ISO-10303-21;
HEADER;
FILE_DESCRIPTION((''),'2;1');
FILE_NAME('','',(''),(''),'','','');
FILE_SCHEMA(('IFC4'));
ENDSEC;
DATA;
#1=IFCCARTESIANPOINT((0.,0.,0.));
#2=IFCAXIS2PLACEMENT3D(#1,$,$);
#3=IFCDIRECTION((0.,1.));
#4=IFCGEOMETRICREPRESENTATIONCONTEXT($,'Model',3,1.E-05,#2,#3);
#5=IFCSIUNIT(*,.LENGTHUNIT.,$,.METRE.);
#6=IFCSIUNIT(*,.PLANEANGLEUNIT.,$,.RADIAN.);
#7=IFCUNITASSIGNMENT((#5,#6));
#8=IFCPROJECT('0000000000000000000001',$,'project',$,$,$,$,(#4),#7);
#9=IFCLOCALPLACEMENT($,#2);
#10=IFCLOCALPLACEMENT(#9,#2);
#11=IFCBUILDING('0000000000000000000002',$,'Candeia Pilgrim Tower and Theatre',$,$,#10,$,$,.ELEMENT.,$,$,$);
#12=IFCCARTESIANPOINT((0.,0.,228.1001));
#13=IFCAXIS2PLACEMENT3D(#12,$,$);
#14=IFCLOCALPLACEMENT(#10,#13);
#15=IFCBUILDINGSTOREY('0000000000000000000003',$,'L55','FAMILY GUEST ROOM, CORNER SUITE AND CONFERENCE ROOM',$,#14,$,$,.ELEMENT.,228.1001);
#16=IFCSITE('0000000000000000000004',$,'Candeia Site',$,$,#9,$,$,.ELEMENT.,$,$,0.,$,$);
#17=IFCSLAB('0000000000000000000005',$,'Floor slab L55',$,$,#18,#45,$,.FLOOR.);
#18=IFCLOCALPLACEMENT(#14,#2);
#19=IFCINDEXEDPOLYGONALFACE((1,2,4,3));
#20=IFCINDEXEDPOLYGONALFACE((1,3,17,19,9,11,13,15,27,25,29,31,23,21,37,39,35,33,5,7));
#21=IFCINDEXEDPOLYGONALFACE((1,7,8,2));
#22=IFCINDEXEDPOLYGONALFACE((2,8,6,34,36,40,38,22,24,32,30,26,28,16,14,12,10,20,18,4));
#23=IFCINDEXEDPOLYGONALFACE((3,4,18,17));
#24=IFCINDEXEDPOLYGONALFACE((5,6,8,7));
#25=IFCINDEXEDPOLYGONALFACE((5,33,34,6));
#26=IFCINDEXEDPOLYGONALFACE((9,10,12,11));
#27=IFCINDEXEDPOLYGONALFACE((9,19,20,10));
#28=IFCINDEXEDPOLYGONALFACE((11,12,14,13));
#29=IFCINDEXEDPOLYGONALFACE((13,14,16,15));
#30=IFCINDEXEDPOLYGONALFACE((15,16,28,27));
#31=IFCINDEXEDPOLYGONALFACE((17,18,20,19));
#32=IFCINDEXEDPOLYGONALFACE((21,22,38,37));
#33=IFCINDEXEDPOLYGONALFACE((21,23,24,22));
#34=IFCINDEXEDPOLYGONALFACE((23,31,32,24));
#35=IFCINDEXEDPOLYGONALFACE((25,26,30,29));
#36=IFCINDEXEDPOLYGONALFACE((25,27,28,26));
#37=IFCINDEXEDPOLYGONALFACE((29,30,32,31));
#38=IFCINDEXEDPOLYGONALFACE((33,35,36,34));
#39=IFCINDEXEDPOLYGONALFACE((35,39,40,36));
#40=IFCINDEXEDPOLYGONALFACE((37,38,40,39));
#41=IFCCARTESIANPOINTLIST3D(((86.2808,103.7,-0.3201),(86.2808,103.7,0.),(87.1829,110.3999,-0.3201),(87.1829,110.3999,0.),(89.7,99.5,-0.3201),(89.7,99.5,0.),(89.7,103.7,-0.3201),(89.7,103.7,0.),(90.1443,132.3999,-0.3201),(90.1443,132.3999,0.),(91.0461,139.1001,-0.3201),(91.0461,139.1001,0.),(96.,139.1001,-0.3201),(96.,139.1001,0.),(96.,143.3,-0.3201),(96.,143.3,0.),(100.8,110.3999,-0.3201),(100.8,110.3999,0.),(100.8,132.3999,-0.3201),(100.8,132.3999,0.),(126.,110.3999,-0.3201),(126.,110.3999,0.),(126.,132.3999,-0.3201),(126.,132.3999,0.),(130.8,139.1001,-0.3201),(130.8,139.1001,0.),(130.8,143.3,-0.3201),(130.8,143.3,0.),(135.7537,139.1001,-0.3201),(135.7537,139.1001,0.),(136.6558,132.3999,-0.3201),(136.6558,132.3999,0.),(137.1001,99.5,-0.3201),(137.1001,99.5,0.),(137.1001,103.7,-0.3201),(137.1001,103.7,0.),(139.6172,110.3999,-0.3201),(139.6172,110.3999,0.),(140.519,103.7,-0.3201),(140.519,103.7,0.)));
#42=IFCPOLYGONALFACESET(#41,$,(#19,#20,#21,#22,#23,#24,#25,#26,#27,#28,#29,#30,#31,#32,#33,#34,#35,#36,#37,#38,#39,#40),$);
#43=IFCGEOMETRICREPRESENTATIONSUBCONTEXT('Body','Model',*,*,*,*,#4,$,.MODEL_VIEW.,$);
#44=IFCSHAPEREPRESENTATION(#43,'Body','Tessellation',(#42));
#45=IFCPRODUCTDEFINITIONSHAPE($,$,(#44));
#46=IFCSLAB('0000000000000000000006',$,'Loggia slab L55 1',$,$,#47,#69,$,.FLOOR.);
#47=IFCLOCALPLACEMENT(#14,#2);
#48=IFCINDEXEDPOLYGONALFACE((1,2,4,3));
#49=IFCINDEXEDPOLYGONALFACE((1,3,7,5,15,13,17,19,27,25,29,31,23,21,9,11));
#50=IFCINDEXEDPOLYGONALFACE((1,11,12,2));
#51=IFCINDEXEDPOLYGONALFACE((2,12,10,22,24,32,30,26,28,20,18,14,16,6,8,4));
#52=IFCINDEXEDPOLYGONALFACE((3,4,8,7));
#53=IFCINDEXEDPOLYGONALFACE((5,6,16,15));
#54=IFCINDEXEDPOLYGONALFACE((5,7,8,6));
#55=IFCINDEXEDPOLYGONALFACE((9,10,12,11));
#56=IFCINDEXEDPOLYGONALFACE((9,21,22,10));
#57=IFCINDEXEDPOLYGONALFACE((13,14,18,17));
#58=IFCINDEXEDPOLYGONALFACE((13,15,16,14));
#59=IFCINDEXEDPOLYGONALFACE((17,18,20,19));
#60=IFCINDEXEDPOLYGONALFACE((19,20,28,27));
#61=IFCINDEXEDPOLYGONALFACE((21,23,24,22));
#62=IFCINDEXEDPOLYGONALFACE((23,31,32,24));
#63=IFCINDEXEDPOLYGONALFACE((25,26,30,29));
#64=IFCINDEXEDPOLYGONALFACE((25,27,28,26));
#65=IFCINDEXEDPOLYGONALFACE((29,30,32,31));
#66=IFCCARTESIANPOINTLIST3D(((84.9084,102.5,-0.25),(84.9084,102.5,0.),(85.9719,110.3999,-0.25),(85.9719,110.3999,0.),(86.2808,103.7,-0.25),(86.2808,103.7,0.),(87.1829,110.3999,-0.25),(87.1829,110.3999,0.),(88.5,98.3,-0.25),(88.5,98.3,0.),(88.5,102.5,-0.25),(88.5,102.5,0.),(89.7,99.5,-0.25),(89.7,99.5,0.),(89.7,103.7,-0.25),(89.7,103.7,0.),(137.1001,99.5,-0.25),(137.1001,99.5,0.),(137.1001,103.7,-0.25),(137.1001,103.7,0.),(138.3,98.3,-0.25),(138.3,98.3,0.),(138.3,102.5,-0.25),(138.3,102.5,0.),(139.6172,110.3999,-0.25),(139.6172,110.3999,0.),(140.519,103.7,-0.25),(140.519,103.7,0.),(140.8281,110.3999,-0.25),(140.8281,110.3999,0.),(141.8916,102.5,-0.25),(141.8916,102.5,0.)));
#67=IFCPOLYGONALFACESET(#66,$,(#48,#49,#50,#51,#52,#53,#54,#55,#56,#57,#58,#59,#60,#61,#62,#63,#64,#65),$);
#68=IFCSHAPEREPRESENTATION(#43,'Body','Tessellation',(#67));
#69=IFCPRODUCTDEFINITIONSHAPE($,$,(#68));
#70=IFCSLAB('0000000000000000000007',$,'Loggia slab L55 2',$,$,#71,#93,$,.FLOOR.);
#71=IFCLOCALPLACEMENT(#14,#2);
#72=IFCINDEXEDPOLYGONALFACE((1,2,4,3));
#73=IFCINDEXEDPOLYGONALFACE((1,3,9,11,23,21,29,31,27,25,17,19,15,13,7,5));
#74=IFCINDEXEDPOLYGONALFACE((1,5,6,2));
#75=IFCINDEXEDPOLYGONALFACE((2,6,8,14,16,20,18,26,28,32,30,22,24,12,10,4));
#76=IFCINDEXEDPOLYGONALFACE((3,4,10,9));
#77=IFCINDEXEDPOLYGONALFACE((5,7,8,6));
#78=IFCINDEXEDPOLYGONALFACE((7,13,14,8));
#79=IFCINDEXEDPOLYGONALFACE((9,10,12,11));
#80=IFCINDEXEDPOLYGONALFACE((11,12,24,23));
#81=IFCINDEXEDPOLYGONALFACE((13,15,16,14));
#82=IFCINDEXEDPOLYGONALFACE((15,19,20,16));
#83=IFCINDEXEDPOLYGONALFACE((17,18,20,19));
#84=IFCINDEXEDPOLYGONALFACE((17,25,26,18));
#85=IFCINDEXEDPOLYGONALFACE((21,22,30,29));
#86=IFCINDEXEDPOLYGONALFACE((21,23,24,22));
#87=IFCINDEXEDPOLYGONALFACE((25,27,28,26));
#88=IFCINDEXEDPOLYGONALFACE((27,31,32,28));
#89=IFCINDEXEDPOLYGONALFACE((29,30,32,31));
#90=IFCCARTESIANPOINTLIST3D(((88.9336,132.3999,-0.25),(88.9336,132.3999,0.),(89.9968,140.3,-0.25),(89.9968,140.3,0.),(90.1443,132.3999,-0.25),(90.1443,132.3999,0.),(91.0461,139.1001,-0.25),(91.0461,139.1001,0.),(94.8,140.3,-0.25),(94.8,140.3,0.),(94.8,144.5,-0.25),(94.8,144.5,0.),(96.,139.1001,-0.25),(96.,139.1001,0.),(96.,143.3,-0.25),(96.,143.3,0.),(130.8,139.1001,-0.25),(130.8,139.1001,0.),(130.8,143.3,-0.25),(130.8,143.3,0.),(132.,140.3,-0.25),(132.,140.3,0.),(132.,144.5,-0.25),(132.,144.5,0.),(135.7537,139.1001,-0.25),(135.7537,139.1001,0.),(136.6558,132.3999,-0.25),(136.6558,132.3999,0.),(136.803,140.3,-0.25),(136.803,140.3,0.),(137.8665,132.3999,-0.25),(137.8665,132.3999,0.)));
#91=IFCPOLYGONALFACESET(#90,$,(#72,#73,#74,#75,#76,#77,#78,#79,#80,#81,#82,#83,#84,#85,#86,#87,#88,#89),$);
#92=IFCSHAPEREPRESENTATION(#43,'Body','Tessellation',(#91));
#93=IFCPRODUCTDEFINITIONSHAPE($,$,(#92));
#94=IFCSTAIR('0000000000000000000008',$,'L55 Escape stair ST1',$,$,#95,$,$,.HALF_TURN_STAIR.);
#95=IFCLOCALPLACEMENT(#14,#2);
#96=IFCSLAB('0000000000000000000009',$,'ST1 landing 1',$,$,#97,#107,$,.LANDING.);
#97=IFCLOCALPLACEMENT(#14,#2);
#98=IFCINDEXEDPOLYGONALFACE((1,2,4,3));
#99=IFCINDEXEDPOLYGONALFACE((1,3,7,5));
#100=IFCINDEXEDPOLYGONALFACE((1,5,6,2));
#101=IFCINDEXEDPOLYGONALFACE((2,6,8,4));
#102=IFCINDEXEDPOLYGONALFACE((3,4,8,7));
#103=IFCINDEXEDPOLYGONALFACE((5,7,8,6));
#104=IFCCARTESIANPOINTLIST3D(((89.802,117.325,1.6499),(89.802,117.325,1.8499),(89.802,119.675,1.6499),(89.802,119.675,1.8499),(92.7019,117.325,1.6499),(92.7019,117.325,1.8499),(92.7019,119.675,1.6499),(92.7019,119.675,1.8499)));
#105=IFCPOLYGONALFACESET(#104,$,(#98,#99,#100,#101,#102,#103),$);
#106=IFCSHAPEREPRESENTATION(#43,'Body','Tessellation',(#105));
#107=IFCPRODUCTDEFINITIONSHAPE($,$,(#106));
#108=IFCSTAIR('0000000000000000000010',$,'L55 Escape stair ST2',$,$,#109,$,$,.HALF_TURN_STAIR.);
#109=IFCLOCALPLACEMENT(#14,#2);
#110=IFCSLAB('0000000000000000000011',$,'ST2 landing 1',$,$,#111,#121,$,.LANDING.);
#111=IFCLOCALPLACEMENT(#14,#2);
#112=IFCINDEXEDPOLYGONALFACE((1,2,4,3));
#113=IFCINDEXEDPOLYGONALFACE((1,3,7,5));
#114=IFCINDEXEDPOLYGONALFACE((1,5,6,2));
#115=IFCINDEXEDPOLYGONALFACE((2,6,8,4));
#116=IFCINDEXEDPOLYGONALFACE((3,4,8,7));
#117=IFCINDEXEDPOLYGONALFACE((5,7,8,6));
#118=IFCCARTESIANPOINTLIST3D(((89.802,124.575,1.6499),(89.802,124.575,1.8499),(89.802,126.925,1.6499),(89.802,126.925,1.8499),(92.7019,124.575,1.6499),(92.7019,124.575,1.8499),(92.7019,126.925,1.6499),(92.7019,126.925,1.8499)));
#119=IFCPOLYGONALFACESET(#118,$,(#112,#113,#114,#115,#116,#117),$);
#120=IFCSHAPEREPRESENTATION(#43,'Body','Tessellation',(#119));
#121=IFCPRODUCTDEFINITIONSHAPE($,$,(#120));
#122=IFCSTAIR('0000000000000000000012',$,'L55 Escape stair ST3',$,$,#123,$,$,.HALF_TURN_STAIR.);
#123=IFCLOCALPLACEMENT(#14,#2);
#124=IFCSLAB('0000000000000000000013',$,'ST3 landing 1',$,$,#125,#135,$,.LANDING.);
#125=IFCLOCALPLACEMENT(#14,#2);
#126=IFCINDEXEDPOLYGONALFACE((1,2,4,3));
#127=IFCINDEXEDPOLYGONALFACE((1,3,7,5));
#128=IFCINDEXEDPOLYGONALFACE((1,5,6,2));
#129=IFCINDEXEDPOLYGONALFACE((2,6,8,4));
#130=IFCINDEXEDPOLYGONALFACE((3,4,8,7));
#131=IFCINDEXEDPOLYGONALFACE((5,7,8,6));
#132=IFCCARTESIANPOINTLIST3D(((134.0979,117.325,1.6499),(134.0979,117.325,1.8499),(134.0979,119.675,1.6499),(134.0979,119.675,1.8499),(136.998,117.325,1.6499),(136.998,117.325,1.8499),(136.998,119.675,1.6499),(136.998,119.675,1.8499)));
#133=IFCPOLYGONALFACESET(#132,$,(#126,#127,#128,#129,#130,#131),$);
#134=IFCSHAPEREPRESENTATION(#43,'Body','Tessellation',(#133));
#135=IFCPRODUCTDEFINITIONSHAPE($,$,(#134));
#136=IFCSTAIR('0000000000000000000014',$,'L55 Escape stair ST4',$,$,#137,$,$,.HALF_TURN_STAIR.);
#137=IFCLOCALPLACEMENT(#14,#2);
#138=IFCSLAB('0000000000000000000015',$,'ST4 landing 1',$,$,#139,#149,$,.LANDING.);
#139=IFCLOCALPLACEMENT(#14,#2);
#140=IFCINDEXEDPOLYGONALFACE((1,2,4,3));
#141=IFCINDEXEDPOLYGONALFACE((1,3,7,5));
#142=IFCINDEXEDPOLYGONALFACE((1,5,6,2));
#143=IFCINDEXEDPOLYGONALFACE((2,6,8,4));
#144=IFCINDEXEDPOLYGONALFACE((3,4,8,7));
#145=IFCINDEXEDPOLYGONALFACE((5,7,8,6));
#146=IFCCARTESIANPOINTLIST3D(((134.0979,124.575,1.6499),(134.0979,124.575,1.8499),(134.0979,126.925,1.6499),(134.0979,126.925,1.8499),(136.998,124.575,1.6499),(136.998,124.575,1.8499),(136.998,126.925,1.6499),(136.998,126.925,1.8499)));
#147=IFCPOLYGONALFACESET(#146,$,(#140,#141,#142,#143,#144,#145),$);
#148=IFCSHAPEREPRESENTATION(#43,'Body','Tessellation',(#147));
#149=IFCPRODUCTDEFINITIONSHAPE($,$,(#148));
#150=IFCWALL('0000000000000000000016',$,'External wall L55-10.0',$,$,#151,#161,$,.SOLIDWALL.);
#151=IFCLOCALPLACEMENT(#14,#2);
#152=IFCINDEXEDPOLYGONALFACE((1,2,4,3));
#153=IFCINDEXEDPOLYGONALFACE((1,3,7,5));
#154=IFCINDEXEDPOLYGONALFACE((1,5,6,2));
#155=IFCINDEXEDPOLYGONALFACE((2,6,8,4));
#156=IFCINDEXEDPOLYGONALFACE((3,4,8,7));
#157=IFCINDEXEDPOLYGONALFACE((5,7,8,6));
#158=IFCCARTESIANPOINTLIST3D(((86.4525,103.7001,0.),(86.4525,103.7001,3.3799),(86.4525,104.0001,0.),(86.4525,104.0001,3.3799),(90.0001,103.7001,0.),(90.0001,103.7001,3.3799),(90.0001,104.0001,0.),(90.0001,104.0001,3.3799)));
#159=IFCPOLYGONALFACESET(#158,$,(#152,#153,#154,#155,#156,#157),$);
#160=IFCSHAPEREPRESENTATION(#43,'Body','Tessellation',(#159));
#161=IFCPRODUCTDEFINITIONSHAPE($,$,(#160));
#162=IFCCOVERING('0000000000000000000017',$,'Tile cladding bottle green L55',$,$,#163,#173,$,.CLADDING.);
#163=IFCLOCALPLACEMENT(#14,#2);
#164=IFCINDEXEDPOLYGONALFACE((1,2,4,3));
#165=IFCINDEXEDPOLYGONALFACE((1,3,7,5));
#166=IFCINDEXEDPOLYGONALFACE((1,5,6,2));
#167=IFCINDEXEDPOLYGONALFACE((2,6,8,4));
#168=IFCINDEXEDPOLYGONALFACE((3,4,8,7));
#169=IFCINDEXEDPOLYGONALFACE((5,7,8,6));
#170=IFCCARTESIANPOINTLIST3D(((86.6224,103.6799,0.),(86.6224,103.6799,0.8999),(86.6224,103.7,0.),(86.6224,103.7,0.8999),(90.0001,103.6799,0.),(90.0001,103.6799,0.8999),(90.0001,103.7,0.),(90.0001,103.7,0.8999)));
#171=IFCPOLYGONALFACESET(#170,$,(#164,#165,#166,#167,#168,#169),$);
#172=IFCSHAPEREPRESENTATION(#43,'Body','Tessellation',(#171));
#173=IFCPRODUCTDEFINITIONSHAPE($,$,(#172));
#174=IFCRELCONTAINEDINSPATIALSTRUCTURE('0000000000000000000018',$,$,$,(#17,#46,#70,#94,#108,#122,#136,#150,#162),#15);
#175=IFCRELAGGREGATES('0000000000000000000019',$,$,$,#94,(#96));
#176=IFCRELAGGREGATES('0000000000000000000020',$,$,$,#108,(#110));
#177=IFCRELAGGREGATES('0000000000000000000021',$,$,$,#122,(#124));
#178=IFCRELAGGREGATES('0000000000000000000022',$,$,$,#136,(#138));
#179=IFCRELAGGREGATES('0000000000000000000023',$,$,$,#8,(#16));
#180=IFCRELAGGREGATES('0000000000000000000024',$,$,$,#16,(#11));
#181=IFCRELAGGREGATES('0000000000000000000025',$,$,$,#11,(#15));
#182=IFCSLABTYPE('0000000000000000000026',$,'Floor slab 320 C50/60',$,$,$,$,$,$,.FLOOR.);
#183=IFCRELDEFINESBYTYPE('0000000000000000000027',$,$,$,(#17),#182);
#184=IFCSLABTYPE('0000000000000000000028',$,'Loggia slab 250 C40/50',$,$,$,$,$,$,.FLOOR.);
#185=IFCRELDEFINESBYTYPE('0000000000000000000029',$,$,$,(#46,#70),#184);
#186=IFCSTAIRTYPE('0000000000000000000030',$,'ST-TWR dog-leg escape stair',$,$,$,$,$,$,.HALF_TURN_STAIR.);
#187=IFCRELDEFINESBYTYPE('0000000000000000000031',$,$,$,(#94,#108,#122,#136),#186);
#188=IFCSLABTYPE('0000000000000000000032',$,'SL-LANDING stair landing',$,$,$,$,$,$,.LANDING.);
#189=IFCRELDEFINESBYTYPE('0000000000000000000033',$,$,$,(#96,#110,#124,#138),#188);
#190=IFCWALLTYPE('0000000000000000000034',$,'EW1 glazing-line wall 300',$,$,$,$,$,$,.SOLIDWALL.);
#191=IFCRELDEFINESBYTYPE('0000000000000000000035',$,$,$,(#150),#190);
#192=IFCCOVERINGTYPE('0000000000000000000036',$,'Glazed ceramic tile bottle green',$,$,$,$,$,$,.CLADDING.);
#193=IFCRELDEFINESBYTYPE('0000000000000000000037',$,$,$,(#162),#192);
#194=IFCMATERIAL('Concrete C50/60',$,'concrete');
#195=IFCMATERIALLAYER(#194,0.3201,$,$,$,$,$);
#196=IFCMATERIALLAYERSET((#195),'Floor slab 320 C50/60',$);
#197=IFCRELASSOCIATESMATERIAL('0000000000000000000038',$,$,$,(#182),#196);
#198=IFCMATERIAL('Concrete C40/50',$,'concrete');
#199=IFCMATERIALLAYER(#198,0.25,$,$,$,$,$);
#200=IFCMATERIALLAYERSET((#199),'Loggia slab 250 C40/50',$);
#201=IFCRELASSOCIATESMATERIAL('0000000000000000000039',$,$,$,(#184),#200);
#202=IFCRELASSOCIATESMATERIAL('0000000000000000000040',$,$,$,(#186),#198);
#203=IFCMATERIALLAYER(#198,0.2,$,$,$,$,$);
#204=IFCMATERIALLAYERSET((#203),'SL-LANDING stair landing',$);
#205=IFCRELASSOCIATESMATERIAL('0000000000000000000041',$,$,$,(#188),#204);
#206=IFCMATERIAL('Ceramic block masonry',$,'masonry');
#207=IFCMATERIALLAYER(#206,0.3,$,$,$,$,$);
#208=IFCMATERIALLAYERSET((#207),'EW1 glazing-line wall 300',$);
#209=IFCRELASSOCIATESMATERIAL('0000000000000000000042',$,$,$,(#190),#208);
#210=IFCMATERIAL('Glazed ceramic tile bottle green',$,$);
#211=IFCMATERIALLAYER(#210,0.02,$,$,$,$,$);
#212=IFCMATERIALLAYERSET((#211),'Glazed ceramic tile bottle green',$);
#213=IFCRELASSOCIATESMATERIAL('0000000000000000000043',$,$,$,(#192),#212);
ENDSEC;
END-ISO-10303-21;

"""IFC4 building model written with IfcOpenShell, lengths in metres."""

from ifc_helpers import new_model, si_unit, direction, frame, frame_2d, origin, origin_2d, place, context, subcontext, project, spatial, polyline, rectangle, outline, extrude, material, layer, layer_set, type_object, element, aggregate, save


model = new_model("IFC4")

# Units and contexts
model_context = context("Model", 3, precision=1e-05, world=origin(), true_north=direction((0.0, 1.0)))
body_context = subcontext(model_context, "Body", "Model", "MODEL_VIEW")
ifc_project = project(units=[si_unit("LENGTHUNIT", "METRE"), si_unit("PLANEANGLEUNIT", "RADIAN")], contexts=[model_context])

# Site, building, storey
site_placement = place(None, origin())
site = spatial("IfcSite", under=ifc_project, at=site_placement, Name="Candeia Site", CompositionType="ELEMENT", RefElevation=0.0)
building_placement = place(site_placement, origin())
building = spatial("IfcBuilding", under=site, at=building_placement, Name="Candeia Pilgrim Tower and Theatre", CompositionType="ELEMENT")
storey_placement = place(building_placement, frame((0.0, 0.0, 228.1001)))
storey = spatial("IfcBuildingStorey", under=building, at=storey_placement, Name="L55", Description="FAMILY GUEST ROOM, CORNER SUITE AND CONFERENCE ROOM", CompositionType="ELEMENT", Elevation=228.1001)

# Shared definitions
ifc_material_1 = material(Name="Concrete C50/60", Category="concrete")

# Slabs
ifc_material_2 = material(Name="Concrete C40/50", Category="concrete")
ifc_layer_1 = layer(ifc_material_1, 0.3201)
ifc_layer_set_1 = layer_set([ifc_layer_1], Name="Floor slab 320 C50/60")
slab_type_1 = type_object("IfcSlabType", Name="Floor slab 320 C50/60", PredefinedType="FLOOR", material=ifc_layer_set_1)
slab_1_placement = place(storey_placement, frame((0.0, 0.0, -0.3201)))
element("IfcSlab", 1, at=slab_1_placement, inside=storey, type_object=slab_type_1, Name="Floor slab L55", PredefinedType="FLOOR", context=body_context, shape_type="SweptSolid", body=[
    extrude(outline(polyline([(96.0, 139.1001), (96.0, 143.3), (130.8, 143.3), (130.8, 139.1001), (135.7537, 139.1001), (136.6558, 132.3999), (126.0, 132.3999), (126.0, 110.3999), (139.6172, 110.3999), (140.519, 103.7), (137.1001, 103.7), (137.1001, 99.5), (89.7, 99.5), (89.7, 103.7), (86.2808, 103.7), (87.1829, 110.3999), (100.8, 110.3999), (100.8, 132.3999), (90.1443, 132.3999), (91.0461, 139.1001), (96.0, 139.1001)])), origin(), (0.0, 0.0, 1.0), 0.3201),
])
ifc_layer_2 = layer(ifc_material_2, 0.25)
ifc_layer_set_2 = layer_set([ifc_layer_2], Name="Loggia slab 250 C40/50")
slab_type_2 = type_object("IfcSlabType", Name="Loggia slab 250 C40/50", PredefinedType="FLOOR", material=ifc_layer_set_2)
slab_2_placement = place(storey_placement, frame((0.0, 0.0, -0.25)))
element("IfcSlab", 2, at=slab_2_placement, inside=storey, type_object=slab_type_2, Name="Loggia slab L55 1", PredefinedType="FLOOR", context=body_context, shape_type="SweptSolid", body=[
    extrude(outline(polyline([(87.1829, 110.3999), (86.2808, 103.7), (89.7, 103.7), (89.7, 99.5), (137.1001, 99.5), (137.1001, 103.7), (140.519, 103.7), (139.6172, 110.3999), (140.8281, 110.3999), (141.8916, 102.5), (138.3, 102.5), (138.3, 98.3), (88.5, 98.3), (88.5, 102.5), (84.9084, 102.5), (85.9719, 110.3999), (87.1829, 110.3999)])), origin(), (0.0, 0.0, 1.0), 0.25),
])
slab_3_placement = place(storey_placement, frame((0.0, 0.0, -0.25)))
element("IfcSlab", 3, at=slab_3_placement, inside=storey, type_object=slab_type_2, Name="Loggia slab L55 2", PredefinedType="FLOOR", context=body_context, shape_type="SweptSolid", body=[
    extrude(outline(polyline([(136.6558, 132.3999), (135.7537, 139.1001), (130.8, 139.1001), (130.8, 143.3), (96.0, 143.3), (96.0, 139.1001), (91.0461, 139.1001), (90.1443, 132.3999), (88.9336, 132.3999), (89.9968, 140.3), (94.8, 140.3), (94.8, 144.5), (132.0, 144.5), (132.0, 140.3), (136.803, 140.3), (137.8665, 132.3999), (136.6558, 132.3999)])), origin(), (0.0, 0.0, 1.0), 0.25),
])

# Stairs, slabs
stair_type = type_object("IfcStairType", Name="ST-TWR dog-leg escape stair", PredefinedType="HALF_TURN_STAIR", material=ifc_material_2)
stair_1_placement = place(storey_placement, origin())
stair_1 = element("IfcStair", 4, at=stair_1_placement, inside=storey, type_object=stair_type, Name="L55 Escape stair ST1", PredefinedType="HALF_TURN_STAIR")
ifc_layer_3 = layer(ifc_material_2, 0.2)
ifc_layer_set_3 = layer_set([ifc_layer_3], Name="SL-LANDING stair landing")
slab_type_3 = type_object("IfcSlabType", Name="SL-LANDING stair landing", PredefinedType="LANDING", material=ifc_layer_set_3)
slab_4_placement = place(storey_placement, frame((0.0, 0.0, 1.6499)))
slab_4 = element("IfcSlab", 5, at=slab_4_placement, type_object=slab_type_3, Name="ST1 landing 1", PredefinedType="LANDING", context=body_context, shape_type="SweptSolid", body=[
    extrude(outline(polyline([(89.802, 119.675), (89.802, 117.325), (92.7019, 117.325), (92.7019, 119.675), (89.802, 119.675)])), origin(), (0.0, 0.0, 1.0), 0.2),
])
aggregate(stair_1, [slab_4])
stair_2_placement = place(storey_placement, origin())
stair_2 = element("IfcStair", 6, at=stair_2_placement, inside=storey, type_object=stair_type, Name="L55 Escape stair ST2", PredefinedType="HALF_TURN_STAIR")
slab_5_placement = place(storey_placement, frame((0.0, 0.0, 1.6499)))
slab_5 = element("IfcSlab", 7, at=slab_5_placement, type_object=slab_type_3, Name="ST2 landing 1", PredefinedType="LANDING", context=body_context, shape_type="SweptSolid", body=[
    extrude(outline(polyline([(89.802, 126.925), (89.802, 124.575), (92.7019, 124.575), (92.7019, 126.925), (89.802, 126.925)])), origin(), (0.0, 0.0, 1.0), 0.2),
])
aggregate(stair_2, [slab_5])
stair_3_placement = place(storey_placement, origin())
stair_3 = element("IfcStair", 8, at=stair_3_placement, inside=storey, type_object=stair_type, Name="L55 Escape stair ST3", PredefinedType="HALF_TURN_STAIR")
slab_6_placement = place(storey_placement, frame((0.0, 0.0, 1.6499)))
slab_6 = element("IfcSlab", 9, at=slab_6_placement, type_object=slab_type_3, Name="ST3 landing 1", PredefinedType="LANDING", context=body_context, shape_type="SweptSolid", body=[
    extrude(outline(polyline([(134.0979, 119.675), (134.0979, 117.325), (136.998, 117.325), (136.998, 119.675), (134.0979, 119.675)])), origin(), (0.0, 0.0, 1.0), 0.2),
])
aggregate(stair_3, [slab_6])
stair_4_placement = place(storey_placement, origin())
stair_4 = element("IfcStair", 10, at=stair_4_placement, inside=storey, type_object=stair_type, Name="L55 Escape stair ST4", PredefinedType="HALF_TURN_STAIR")
slab_7_placement = place(storey_placement, frame((0.0, 0.0, 1.6499)))
slab_7 = element("IfcSlab", 11, at=slab_7_placement, type_object=slab_type_3, Name="ST4 landing 1", PredefinedType="LANDING", context=body_context, shape_type="SweptSolid", body=[
    extrude(outline(polyline([(134.0979, 126.925), (134.0979, 124.575), (136.998, 124.575), (136.998, 126.925), (134.0979, 126.925)])), origin(), (0.0, 0.0, 1.0), 0.2),
])
aggregate(stair_4, [slab_7])

# Wall
ifc_material_3 = material(Name="Ceramic block masonry", Category="masonry")
ifc_layer_4 = layer(ifc_material_3, 0.3)
ifc_layer_set_4 = layer_set([ifc_layer_4], Name="EW1 glazing-line wall 300")
wall_type = type_object("IfcWallType", Name="EW1 glazing-line wall 300", PredefinedType="SOLIDWALL", material=ifc_layer_set_4)
wall_placement = place(storey_placement, frame((86.4524, 103.8501, 0.0), z_axis=(0.0, 0.0, 1.0), x_axis=(1.0, 0.0, 0.0)))
element("IfcWall", 12, at=wall_placement, inside=storey, type_object=wall_type, Name="External wall L55-10.0", PredefinedType="SOLIDWALL", context=body_context, shape_type="SweptSolid", body=[
    extrude(rectangle(XDim=3.5476, YDim=0.3, at=frame_2d((1.7739, 0.0))), origin(), (0.0, 0.0, 1.0), 3.3799),
])

# Covering
ifc_material_4 = material(Name="Glazed ceramic tile bottle green")
ifc_layer_5 = layer(ifc_material_4, 0.02)
ifc_layer_set_5 = layer_set([ifc_layer_5], Name="Glazed ceramic tile bottle green")
covering_type = type_object("IfcCoveringType", Name="Glazed ceramic tile bottle green", PredefinedType="CLADDING", material=ifc_layer_set_5)
covering_placement = place(storey_placement, frame((88.3113, 103.6899, 0.0), z_axis=(0.0, 0.0, 1.0), x_axis=(1.0, 0.0, 0.0)))
element("IfcCovering", 13, at=covering_placement, inside=storey, type_object=covering_type, Name="Tile cladding bottle green L55", PredefinedType="CLADDING", context=body_context, shape_type="SweptSolid", body=[
    extrude(rectangle(XDim=3.3777, YDim=0.02, at=origin_2d()), origin(), (0.0, 0.0, 1.0), 0.8999),
])

save(model, "model.ifc")
